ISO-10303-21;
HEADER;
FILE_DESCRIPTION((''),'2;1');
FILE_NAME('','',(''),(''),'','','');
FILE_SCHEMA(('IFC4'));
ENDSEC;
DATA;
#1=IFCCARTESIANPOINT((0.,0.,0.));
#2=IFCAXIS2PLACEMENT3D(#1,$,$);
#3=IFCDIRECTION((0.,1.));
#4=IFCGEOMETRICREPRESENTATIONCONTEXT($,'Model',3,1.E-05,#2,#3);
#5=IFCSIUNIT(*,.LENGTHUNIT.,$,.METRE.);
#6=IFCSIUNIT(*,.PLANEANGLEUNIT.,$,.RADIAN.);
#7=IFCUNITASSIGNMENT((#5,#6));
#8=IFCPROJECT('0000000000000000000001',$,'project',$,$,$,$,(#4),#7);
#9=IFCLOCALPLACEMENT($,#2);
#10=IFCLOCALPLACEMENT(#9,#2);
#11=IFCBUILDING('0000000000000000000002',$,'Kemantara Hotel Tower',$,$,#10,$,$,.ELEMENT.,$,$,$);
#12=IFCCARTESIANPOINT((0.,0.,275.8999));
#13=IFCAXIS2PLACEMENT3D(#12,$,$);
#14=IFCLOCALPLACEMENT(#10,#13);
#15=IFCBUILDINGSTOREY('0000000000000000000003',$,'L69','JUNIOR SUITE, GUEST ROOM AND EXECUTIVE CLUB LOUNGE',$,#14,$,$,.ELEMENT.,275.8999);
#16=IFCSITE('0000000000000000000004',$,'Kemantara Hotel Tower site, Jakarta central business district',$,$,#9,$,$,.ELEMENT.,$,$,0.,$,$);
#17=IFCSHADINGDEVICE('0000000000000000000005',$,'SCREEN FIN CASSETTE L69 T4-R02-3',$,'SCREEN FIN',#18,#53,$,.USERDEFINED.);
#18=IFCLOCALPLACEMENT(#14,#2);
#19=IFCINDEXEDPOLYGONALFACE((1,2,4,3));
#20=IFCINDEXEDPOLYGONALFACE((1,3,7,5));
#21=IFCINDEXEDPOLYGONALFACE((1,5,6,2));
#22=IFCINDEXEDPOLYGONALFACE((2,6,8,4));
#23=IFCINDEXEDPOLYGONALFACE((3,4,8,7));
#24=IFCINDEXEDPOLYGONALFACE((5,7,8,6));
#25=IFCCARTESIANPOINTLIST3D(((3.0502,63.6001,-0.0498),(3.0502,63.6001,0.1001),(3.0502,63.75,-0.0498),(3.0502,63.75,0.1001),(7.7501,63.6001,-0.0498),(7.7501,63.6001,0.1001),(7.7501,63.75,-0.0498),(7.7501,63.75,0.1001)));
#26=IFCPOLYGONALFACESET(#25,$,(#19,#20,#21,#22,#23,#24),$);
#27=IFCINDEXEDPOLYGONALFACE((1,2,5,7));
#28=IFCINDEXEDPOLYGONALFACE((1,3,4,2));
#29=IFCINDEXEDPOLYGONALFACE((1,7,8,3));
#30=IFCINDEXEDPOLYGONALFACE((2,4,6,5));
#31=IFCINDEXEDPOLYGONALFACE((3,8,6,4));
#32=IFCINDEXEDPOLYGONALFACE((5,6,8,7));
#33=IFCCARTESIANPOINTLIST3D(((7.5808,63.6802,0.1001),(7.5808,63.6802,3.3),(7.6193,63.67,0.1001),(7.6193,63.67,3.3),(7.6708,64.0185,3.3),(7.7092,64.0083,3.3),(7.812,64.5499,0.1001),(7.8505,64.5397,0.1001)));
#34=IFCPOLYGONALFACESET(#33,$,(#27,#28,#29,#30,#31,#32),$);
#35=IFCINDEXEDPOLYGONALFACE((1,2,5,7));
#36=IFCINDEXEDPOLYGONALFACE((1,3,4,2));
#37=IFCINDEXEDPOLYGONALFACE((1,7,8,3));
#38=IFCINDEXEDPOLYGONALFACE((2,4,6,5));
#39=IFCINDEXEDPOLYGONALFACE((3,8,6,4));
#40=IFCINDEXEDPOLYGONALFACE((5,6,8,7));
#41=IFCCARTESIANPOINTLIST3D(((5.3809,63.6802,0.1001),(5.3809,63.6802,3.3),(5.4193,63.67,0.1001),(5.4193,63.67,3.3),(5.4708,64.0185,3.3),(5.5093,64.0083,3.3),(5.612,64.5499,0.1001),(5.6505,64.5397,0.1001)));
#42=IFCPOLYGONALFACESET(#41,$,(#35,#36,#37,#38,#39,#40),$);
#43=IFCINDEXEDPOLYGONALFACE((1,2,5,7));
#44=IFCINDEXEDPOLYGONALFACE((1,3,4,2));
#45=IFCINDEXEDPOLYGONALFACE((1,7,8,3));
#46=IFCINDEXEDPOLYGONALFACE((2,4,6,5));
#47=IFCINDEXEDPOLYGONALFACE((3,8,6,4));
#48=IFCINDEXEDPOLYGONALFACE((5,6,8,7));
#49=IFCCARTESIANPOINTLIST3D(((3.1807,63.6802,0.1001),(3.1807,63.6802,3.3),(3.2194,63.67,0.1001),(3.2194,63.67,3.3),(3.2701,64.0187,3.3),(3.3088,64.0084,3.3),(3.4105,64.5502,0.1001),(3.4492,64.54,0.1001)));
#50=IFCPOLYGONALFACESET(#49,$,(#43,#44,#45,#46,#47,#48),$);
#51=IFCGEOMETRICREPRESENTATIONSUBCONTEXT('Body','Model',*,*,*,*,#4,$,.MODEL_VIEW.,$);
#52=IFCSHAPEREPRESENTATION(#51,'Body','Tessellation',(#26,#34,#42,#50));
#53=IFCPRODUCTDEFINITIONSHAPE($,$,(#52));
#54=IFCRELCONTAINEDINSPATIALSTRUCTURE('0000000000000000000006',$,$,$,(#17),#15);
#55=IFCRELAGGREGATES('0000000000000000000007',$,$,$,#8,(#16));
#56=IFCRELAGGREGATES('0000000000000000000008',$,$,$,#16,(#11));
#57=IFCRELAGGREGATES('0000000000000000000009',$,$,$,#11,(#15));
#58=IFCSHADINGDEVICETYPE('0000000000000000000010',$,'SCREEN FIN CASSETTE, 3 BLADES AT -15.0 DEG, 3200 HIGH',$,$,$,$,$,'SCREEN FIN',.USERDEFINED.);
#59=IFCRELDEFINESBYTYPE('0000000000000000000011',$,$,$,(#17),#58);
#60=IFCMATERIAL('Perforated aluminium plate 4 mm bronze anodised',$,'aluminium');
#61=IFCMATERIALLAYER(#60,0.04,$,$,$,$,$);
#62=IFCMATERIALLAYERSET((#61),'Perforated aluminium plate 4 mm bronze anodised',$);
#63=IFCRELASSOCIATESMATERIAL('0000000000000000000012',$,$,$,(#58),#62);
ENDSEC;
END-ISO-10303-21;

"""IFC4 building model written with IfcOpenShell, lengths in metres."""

from ifc_helpers import new_model, si_unit, direction, frame, origin, origin_2d, place, context, subcontext, project, spatial, polyline, rectangle, outline, extrude, source, transform, mapped, material, layer, layer_set, type_object, element, save


model = new_model("IFC4")

# Units and contexts
model_context = context("Model", 3, precision=1e-05, world=origin(), true_north=direction((0.0, 1.0)))
body_context = subcontext(model_context, "Body", "Model", "MODEL_VIEW")
ifc_project = project(units=[si_unit("LENGTHUNIT", "METRE"), si_unit("PLANEANGLEUNIT", "RADIAN")], contexts=[model_context])

# Site, building, storey
site_placement = place(None, origin())
site = spatial("IfcSite", under=ifc_project, at=site_placement, Name="Kemantara Hotel Tower site, Jakarta central business district", CompositionType="ELEMENT", RefElevation=0.0)
building_placement = place(site_placement, origin())
building = spatial("IfcBuilding", under=site, at=building_placement, Name="Kemantara Hotel Tower", CompositionType="ELEMENT")
storey_placement = place(building_placement, frame((0.0, 0.0, 275.8999)))
storey = spatial("IfcBuildingStorey", under=building, at=storey_placement, Name="L69", Description="JUNIOR SUITE, GUEST ROOM AND EXECUTIVE CLUB LOUNGE", CompositionType="ELEMENT", Elevation=275.8999)

# Shading device
ifc_material_1 = material(Name="Perforated aluminium plate 4 mm bronze anodised", Category="aluminium")
ifc_layer_1 = layer(ifc_material_1, 0.04)
ifc_layer_set_1 = layer_set([ifc_layer_1], Name="Perforated aluminium plate 4 mm bronze anodised")
shading_device_type = type_object("IfcShadingDeviceType", Name="SCREEN FIN CASSETTE, 3 BLADES AT -15.0 DEG, 3200 HIGH", ElementType="SCREEN FIN", PredefinedType="USERDEFINED", material=ifc_layer_set_1)
shared_shape_1 = source(origin(), body_context, "Body", "SweptSolid", [
    extrude(rectangle(XDim=4.7, YDim=0.1499, at=origin_2d()), frame((2.2, -0.075, -0.1499), z_axis=(0.0, 0.0, 1.0), x_axis=(1.0, 0.0, 0.0)), (0.0, 0.0, 1.0), 0.1499),
    extrude(outline(polyline([(0.0, 0.0), (0.8999, 0.0), (0.3501, 3.2), (0.0, 3.2), (0.0, 0.0)])), frame((0.0193, -0.0801, 0.0), z_axis=(-0.966438, 0.256901, 0.0), x_axis=(-0.256901, -0.966438, 0.0)), (0.0, 0.0, 1.0), 0.0398),
    extrude(outline(polyline([(0.0, 0.0), (0.8999, 0.0), (0.3501, 3.2), (0.0, 3.2), (0.0, 0.0)])), frame((2.2192, -0.0801, 0.0), z_axis=(-0.966438, 0.256901, 0.0), x_axis=(-0.256901, -0.966438, 0.0)), (0.0, 0.0, 1.0), 0.0398),
    extrude(outline(polyline([(0.0, 0.0), (0.8999, 0.0), (0.3501, 3.2), (0.0, 3.2), (0.0, 0.0)])), frame((4.4194, -0.0801, 0.0), z_axis=(-0.966838, 0.255391, 0.0), x_axis=(-0.255391, -0.966838, 0.0)), (0.0, 0.0, 1.0), 0.04),
])
shading_device_placement = place(storey_placement, frame((7.6001, 63.6001, 0.1001), z_axis=(0.0, 0.0, 1.0), x_axis=(-1.0, 0.0, 0.0)))
element("IfcShadingDevice", 1, at=shading_device_placement, inside=storey, type_object=shading_device_type, Name="SCREEN FIN CASSETTE L69 T4-R02-3", ObjectType="SCREEN FIN", PredefinedType="USERDEFINED", context=body_context, shape_type="MappedRepresentation", body=[
    mapped(shared_shape_1, transform((0.0, 0.0, 0.0))),
])

save(model, "model.ifc")
